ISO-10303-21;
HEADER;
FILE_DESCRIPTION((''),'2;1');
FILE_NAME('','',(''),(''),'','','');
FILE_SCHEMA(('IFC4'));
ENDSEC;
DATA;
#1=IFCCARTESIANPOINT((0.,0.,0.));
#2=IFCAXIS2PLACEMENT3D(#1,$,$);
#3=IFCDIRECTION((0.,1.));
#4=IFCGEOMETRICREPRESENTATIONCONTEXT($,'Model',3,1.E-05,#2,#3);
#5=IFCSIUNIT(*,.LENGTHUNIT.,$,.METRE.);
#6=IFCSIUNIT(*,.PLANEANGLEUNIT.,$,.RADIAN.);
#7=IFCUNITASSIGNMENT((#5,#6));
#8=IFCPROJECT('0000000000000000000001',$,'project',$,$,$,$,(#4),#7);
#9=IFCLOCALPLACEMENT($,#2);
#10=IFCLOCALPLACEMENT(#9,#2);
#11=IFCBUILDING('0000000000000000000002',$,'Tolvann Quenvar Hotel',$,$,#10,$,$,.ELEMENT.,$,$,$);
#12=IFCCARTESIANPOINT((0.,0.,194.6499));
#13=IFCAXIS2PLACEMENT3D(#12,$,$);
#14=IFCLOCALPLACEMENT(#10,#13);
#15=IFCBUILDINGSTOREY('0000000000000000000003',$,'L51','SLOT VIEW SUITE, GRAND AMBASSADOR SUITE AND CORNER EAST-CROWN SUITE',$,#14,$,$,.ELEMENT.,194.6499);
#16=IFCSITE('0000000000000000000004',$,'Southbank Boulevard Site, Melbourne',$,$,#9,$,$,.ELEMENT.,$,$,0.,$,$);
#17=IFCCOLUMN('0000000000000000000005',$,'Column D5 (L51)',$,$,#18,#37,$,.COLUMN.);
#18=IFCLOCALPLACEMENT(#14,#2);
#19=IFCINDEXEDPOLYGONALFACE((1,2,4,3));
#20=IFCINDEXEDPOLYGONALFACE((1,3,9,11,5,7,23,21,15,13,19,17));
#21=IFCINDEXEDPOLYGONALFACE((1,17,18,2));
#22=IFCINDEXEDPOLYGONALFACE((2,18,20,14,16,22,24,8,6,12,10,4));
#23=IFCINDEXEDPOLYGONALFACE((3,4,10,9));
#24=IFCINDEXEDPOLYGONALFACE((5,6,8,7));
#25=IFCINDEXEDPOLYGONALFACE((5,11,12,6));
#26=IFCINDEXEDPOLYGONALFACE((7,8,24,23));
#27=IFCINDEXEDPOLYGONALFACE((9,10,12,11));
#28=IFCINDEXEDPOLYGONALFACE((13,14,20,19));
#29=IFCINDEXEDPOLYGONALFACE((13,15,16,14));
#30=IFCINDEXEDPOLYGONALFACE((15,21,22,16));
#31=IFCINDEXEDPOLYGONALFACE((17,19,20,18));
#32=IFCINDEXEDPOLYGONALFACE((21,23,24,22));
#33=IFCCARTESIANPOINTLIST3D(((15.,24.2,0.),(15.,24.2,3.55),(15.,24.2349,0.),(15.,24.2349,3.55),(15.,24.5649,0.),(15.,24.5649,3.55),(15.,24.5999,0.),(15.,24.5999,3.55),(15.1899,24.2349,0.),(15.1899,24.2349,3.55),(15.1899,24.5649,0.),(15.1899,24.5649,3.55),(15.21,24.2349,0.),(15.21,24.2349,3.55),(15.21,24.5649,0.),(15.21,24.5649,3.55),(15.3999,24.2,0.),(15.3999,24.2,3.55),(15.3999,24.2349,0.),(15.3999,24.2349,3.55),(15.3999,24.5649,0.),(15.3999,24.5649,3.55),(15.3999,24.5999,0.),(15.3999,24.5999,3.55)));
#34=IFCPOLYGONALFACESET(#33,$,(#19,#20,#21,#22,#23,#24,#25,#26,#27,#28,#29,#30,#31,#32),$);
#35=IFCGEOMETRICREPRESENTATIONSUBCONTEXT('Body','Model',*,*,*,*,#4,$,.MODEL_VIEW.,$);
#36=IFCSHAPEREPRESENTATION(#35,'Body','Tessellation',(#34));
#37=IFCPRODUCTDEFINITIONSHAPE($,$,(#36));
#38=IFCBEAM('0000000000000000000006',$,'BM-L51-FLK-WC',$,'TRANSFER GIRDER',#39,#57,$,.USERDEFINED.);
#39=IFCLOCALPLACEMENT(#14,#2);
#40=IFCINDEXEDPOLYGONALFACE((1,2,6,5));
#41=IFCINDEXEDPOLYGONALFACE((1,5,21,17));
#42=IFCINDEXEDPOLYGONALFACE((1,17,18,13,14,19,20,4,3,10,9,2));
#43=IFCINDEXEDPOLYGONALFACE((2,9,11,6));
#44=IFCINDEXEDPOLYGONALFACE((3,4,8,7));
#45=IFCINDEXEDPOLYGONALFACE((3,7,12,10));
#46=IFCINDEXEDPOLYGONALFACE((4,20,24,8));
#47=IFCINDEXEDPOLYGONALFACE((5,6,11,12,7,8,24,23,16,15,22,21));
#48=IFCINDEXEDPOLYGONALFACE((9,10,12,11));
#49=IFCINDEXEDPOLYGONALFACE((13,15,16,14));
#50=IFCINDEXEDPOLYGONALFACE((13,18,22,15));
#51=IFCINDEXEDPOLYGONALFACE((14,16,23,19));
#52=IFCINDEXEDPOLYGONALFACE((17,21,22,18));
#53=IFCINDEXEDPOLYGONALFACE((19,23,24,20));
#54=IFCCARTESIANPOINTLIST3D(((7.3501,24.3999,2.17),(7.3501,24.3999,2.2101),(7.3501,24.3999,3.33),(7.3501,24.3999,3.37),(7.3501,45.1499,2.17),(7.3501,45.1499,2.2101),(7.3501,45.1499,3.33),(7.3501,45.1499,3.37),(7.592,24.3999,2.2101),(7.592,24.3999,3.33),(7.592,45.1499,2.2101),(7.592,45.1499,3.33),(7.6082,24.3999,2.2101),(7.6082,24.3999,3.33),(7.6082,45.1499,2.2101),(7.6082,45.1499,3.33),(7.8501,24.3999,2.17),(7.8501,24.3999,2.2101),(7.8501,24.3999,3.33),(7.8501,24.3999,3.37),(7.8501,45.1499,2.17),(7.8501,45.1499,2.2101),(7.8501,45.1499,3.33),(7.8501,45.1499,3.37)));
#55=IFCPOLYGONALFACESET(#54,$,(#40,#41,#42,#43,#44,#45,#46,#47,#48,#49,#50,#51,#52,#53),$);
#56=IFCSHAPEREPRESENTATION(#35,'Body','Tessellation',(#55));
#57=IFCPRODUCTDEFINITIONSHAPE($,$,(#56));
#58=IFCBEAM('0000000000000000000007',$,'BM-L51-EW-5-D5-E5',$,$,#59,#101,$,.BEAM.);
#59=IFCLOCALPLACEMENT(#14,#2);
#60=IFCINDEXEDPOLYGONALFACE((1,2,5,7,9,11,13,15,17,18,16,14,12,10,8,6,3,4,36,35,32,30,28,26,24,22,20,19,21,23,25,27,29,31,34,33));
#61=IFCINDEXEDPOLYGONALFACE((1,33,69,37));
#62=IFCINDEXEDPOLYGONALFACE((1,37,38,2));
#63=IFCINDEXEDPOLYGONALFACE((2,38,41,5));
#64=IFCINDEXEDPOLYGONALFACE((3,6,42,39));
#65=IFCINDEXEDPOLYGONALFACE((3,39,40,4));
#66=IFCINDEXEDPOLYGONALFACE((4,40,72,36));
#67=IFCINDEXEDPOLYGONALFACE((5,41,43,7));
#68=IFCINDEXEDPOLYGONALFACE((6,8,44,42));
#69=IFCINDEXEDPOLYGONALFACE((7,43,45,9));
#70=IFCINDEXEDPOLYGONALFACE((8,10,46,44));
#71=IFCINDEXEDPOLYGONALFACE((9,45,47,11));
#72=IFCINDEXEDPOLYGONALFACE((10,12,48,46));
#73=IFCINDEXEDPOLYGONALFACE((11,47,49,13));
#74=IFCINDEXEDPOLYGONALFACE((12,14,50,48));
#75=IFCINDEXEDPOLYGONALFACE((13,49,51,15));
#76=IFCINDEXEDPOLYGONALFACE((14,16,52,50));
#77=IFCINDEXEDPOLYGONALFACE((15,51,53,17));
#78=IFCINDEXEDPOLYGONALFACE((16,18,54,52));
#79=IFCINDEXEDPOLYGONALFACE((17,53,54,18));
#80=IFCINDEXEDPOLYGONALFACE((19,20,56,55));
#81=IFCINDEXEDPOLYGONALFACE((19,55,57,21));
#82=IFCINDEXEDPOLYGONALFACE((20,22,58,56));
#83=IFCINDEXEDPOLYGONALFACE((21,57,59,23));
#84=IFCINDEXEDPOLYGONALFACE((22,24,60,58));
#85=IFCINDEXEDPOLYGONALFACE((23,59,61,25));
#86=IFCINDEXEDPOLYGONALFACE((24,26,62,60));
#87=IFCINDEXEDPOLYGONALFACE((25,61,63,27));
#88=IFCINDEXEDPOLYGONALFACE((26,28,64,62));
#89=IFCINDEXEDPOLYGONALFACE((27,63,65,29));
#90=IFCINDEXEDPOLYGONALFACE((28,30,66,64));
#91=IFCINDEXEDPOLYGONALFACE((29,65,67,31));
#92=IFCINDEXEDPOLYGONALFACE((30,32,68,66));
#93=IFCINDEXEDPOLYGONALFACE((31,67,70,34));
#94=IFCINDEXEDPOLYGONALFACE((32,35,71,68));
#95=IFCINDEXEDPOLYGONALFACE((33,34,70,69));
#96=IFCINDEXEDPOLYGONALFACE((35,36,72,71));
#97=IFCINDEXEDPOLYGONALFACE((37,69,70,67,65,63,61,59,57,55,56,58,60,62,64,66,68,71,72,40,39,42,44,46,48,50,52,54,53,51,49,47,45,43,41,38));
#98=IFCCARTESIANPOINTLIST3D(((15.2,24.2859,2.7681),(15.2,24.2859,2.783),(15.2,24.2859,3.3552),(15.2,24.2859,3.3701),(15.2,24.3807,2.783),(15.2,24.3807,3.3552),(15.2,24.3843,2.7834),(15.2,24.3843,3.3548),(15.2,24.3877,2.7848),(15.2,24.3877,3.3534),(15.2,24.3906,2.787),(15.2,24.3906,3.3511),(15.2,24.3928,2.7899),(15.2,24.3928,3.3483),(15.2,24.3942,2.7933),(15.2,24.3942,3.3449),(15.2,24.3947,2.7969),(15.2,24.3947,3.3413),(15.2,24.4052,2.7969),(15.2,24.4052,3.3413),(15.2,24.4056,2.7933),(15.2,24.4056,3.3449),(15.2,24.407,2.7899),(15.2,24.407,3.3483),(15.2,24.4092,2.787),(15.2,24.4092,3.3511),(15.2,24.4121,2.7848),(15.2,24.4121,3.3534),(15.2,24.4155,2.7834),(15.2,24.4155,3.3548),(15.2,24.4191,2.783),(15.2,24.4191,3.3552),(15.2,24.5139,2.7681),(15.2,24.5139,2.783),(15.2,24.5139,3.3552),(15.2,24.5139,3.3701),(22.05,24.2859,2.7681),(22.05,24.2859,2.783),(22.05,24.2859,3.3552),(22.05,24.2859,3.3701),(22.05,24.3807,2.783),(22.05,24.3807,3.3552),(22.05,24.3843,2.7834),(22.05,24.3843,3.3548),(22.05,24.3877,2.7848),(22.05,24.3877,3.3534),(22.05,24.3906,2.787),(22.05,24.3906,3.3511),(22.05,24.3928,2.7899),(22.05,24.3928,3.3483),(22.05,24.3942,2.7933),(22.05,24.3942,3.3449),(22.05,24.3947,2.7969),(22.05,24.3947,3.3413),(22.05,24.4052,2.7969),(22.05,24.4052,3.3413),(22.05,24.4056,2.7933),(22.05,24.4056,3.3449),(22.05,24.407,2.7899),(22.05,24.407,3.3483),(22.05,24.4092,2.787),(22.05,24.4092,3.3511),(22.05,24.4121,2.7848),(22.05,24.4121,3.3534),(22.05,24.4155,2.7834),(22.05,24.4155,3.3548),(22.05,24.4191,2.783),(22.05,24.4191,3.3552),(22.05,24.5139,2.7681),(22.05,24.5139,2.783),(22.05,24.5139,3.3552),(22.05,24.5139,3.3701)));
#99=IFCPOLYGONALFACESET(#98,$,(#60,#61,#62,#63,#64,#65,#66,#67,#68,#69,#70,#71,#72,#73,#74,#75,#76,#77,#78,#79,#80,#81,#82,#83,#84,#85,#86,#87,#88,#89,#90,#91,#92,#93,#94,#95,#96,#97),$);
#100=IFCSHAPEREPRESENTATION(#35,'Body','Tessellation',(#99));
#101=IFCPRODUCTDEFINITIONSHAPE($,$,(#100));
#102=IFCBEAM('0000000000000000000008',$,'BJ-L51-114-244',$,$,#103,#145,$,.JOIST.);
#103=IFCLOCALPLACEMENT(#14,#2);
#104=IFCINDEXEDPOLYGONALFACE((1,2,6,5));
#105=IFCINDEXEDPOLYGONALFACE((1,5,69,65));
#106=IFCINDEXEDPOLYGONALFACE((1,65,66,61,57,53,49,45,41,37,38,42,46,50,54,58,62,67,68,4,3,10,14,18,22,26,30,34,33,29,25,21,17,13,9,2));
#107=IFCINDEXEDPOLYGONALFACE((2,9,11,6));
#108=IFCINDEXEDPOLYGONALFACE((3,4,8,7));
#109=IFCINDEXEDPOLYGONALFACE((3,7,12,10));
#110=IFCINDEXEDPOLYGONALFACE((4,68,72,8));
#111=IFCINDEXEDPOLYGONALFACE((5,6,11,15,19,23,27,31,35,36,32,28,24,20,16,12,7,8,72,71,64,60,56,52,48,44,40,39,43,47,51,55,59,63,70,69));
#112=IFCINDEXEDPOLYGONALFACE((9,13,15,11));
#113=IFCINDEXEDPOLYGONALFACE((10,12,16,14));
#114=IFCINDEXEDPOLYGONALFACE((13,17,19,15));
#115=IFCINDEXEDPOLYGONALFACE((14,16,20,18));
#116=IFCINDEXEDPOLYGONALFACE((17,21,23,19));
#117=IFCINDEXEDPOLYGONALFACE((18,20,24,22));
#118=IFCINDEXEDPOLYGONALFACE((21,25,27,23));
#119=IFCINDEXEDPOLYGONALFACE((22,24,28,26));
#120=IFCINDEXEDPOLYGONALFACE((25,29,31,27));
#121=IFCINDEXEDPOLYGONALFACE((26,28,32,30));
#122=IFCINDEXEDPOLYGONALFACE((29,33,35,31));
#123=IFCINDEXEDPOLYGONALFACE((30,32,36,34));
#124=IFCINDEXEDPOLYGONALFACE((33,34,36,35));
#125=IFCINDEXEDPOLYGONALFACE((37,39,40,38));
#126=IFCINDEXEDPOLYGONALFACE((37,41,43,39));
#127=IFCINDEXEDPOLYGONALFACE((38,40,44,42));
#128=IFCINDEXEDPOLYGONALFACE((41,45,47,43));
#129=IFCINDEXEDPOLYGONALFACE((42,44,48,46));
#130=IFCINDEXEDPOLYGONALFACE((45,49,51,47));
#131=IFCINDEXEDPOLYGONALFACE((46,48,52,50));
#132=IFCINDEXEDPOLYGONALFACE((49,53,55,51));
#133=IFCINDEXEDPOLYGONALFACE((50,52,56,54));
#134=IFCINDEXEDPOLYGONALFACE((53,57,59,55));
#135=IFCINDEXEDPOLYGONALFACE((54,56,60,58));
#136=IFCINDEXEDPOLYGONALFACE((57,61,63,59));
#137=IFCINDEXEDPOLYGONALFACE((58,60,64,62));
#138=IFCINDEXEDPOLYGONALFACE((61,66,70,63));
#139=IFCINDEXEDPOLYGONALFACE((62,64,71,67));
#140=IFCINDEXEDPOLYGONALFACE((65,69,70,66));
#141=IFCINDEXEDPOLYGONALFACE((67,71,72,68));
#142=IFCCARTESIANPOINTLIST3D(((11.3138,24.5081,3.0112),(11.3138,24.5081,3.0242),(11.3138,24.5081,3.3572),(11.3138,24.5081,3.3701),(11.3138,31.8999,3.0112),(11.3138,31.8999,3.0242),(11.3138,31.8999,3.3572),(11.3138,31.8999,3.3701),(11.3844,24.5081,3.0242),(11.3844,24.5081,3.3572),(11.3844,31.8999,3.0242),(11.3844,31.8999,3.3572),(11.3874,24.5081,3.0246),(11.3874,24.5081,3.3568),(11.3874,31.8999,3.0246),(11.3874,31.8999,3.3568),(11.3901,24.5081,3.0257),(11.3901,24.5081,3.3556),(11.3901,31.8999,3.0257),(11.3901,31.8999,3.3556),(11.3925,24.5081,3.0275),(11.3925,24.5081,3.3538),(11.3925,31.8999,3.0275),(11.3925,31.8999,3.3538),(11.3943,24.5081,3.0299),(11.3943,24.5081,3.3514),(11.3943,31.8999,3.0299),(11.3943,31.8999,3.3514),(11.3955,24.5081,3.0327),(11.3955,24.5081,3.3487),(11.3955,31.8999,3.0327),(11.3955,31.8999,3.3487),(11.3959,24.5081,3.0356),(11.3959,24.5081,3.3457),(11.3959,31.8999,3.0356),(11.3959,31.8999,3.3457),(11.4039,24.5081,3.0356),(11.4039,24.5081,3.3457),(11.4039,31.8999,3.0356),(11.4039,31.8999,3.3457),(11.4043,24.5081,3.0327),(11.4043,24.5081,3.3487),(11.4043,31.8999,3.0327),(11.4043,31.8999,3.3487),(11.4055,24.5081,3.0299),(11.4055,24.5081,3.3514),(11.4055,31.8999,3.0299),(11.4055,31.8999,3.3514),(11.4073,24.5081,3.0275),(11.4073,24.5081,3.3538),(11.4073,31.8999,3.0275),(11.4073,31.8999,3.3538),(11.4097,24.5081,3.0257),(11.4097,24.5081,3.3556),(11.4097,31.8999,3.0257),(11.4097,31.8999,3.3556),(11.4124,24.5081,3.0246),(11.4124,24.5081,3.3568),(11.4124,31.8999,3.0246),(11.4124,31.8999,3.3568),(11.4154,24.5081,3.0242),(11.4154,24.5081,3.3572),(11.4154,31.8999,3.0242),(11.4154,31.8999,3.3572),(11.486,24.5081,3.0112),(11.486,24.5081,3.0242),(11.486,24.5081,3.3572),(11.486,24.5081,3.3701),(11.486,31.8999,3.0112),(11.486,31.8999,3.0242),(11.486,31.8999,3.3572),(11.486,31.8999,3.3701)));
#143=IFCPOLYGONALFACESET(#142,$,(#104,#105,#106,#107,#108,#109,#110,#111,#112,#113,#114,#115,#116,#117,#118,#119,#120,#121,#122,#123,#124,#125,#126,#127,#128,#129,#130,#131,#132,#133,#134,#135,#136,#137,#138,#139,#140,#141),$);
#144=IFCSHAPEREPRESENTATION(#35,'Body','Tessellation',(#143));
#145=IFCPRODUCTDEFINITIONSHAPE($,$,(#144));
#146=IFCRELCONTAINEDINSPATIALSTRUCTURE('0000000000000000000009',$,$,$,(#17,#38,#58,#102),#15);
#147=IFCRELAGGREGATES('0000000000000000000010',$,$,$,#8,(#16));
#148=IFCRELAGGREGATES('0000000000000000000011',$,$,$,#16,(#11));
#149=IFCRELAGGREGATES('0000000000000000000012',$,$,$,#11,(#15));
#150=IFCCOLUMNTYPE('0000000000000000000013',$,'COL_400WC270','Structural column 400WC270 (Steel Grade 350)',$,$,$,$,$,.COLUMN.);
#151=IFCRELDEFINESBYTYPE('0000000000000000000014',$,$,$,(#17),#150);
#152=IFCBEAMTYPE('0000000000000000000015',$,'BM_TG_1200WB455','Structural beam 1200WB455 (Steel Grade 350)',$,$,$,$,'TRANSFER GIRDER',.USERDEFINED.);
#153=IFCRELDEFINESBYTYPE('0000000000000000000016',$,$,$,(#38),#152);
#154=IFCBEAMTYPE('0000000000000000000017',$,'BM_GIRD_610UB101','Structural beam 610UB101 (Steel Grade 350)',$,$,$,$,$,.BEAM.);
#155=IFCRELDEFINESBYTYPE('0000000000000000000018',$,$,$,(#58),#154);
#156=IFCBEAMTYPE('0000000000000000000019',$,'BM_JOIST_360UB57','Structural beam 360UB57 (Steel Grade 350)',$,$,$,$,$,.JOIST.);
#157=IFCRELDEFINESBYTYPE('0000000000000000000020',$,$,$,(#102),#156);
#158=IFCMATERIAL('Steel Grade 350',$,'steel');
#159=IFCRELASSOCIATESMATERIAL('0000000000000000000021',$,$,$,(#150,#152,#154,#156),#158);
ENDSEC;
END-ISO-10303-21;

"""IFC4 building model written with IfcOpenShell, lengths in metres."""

from ifc_helpers import new_model, si_unit, direction, frame, origin, origin_2d, place, context, subcontext, project, spatial, i_section, extrude, source, transform, mapped, material, material_profile, profile_set, type_object, type_shapes, element, save


model = new_model("IFC4")

# Units and contexts
model_context = context("Model", 3, precision=1e-05, world=origin(), true_north=direction((0.0, 1.0)))
body_context = subcontext(model_context, "Body", "Model", "MODEL_VIEW")
ifc_project = project(units=[si_unit("LENGTHUNIT", "METRE"), si_unit("PLANEANGLEUNIT", "RADIAN")], contexts=[model_context])

# Site, building, storey
site_placement = place(None, origin())
site = spatial("IfcSite", under=ifc_project, at=site_placement, Name="Southbank Boulevard Site, Melbourne", CompositionType="ELEMENT", RefElevation=0.0)
building_placement = place(site_placement, origin())
building = spatial("IfcBuilding", under=site, at=building_placement, Name="Tolvann Quenvar Hotel", CompositionType="ELEMENT")
storey_placement = place(building_placement, frame((0.0, 0.0, 194.6499)))
storey = spatial("IfcBuildingStorey", under=building, at=storey_placement, Name="L51", Description="SLOT VIEW SUITE, GRAND AMBASSADOR SUITE AND CORNER EAST-CROWN SUITE", CompositionType="ELEMENT", Elevation=194.6499)

# Column
ifc_material_1 = material(Name="Steel Grade 350", Category="steel")
ifc_material_profile_1 = material_profile(ifc_material_1, i_section(OverallWidth=0.3999, OverallDepth=0.3999, WebThickness=0.02, FlangeThickness=0.0349, at=origin_2d()), Name="400WC270")
ifc_profile_set_1 = profile_set([ifc_material_profile_1], Name="Steel Grade 350")
column_type = type_object("IfcColumnType", Name="COL_400WC270", Description="Structural column 400WC270 (Steel Grade 350)", PredefinedType="COLUMN", material=ifc_profile_set_1)
shared_shape_1 = source(origin(), body_context, "Body", "SweptSolid", [
    extrude(i_section(OverallWidth=0.3999, OverallDepth=0.3999, WebThickness=0.02, FlangeThickness=0.0349, at=origin_2d()), origin(), (0.0, 0.0, 1.0), 3.55),
])
type_shapes(column_type, [shared_shape_1])
column_placement = place(storey_placement, frame((15.2, 24.3999, 0.0), z_axis=(0.0, 0.0, 1.0), x_axis=(1.0, 0.0, 0.0)))
element("IfcColumn", 1, at=column_placement, inside=storey, type_object=column_type, Name="Column D5 (L51)", PredefinedType="COLUMN", context=body_context, shape_type="MappedRepresentation", body=[
    mapped(shared_shape_1, transform((0.0, 0.0, 0.0), x_axis=(1.0, 0.0, 0.0), y_axis=(0.0, 1.0, 0.0), z_axis=(0.0, 0.0, 1.0), scale=1.0)),
])

# Beams
ifc_material_profile_2 = material_profile(ifc_material_1, i_section(OverallWidth=0.5, OverallDepth=1.2, WebThickness=0.0161, FlangeThickness=0.04, at=origin_2d()), Name="1200WB455")
ifc_profile_set_2 = profile_set([ifc_material_profile_2], Name="Steel Grade 350")
beam_type_1 = type_object("IfcBeamType", Name="BM_TG_1200WB455", Description="Structural beam 1200WB455 (Steel Grade 350)", ElementType="TRANSFER GIRDER", PredefinedType="USERDEFINED", material=ifc_profile_set_2)
shared_shape_2 = source(origin(), body_context, "Body", "SweptSolid", [
    extrude(i_section(OverallWidth=0.5, OverallDepth=1.2, WebThickness=0.0161, FlangeThickness=0.04, at=origin_2d()), origin(), (0.0, 0.0, 1.0), 20.75),
])
type_shapes(beam_type_1, [shared_shape_2])
beam_1_placement = place(storey_placement, frame((7.6001, 24.3999, 2.77), z_axis=(0.0, 1.0, 0.0), x_axis=(-1.0, 0.0, 0.0)))
element("IfcBeam", 2, at=beam_1_placement, inside=storey, type_object=beam_type_1, Name="BM-L51-FLK-WC", ObjectType="TRANSFER GIRDER", PredefinedType="USERDEFINED", context=body_context, shape_type="MappedRepresentation", body=[
    mapped(shared_shape_2, transform((0.0, 0.0, 0.0), x_axis=(1.0, 0.0, 0.0), y_axis=(0.0, 1.0, 0.0), z_axis=(0.0, 0.0, 1.0), scale=1.0)),
])
ifc_material_profile_3 = material_profile(ifc_material_1, i_section(OverallWidth=0.228, OverallDepth=0.6021, WebThickness=0.0105, FlangeThickness=0.0149, FilletRadius=0.0139, at=origin_2d()), Name="610UB101")
ifc_profile_set_3 = profile_set([ifc_material_profile_3], Name="Steel Grade 350")
beam_type_2 = type_object("IfcBeamType", Name="BM_GIRD_610UB101", Description="Structural beam 610UB101 (Steel Grade 350)", PredefinedType="BEAM", material=ifc_profile_set_3)
shared_shape_3 = source(origin(), body_context, "Body", "SweptSolid", [
    extrude(i_section(OverallWidth=0.228, OverallDepth=0.6021, WebThickness=0.0105, FlangeThickness=0.0149, FilletRadius=0.0139, at=origin_2d()), origin(), (0.0, 0.0, 1.0), 6.8501),
])
type_shapes(beam_type_2, [shared_shape_3])
beam_2_placement = place(storey_placement, frame((15.2, 24.3999, 3.0691), z_axis=(1.0, 0.0, 0.0), x_axis=(0.0, 1.0, 0.0)))
element("IfcBeam", 3, at=beam_2_placement, inside=storey, type_object=beam_type_2, Name="BM-L51-EW-5-D5-E5", PredefinedType="BEAM", context=body_context, shape_type="MappedRepresentation", body=[
    mapped(shared_shape_3, transform((0.0, 0.0, 0.0), x_axis=(1.0, 0.0, 0.0), y_axis=(0.0, 1.0, 0.0), z_axis=(0.0, 0.0, 1.0), scale=1.0)),
])
ifc_material_profile_4 = material_profile(ifc_material_1, i_section(OverallWidth=0.1721, OverallDepth=0.3589, WebThickness=0.0081, FlangeThickness=0.0129, FilletRadius=0.0115, at=origin_2d()), Name="360UB57")
ifc_profile_set_4 = profile_set([ifc_material_profile_4], Name="Steel Grade 350")
beam_type_3 = type_object("IfcBeamType", Name="BM_JOIST_360UB57", Description="Structural beam 360UB57 (Steel Grade 350)", PredefinedType="JOIST", material=ifc_profile_set_4)
shared_shape_4 = source(origin(), body_context, "Body", "SweptSolid", [
    extrude(i_section(OverallWidth=0.1721, OverallDepth=0.3589, WebThickness=0.0081, FlangeThickness=0.0129, FilletRadius=0.0115, at=origin_2d()), origin(), (0.0, 0.0, 1.0), 7.3918),
])
type_shapes(beam_type_3, [shared_shape_4])
beam_3_placement = place(storey_placement, frame((11.3999, 24.5081, 3.1907), z_axis=(0.0, 1.0, 0.0), x_axis=(-1.0, 0.0, 0.0)))
element("IfcBeam", 4, at=beam_3_placement, inside=storey, type_object=beam_type_3, Name="BJ-L51-114-244", PredefinedType="JOIST", context=body_context, shape_type="MappedRepresentation", body=[
    mapped(shared_shape_4, transform((0.0, 0.0, 0.0), x_axis=(1.0, 0.0, 0.0), y_axis=(0.0, 1.0, 0.0), z_axis=(0.0, 0.0, 1.0), scale=1.0)),
])

save(model, "model.ifc")
